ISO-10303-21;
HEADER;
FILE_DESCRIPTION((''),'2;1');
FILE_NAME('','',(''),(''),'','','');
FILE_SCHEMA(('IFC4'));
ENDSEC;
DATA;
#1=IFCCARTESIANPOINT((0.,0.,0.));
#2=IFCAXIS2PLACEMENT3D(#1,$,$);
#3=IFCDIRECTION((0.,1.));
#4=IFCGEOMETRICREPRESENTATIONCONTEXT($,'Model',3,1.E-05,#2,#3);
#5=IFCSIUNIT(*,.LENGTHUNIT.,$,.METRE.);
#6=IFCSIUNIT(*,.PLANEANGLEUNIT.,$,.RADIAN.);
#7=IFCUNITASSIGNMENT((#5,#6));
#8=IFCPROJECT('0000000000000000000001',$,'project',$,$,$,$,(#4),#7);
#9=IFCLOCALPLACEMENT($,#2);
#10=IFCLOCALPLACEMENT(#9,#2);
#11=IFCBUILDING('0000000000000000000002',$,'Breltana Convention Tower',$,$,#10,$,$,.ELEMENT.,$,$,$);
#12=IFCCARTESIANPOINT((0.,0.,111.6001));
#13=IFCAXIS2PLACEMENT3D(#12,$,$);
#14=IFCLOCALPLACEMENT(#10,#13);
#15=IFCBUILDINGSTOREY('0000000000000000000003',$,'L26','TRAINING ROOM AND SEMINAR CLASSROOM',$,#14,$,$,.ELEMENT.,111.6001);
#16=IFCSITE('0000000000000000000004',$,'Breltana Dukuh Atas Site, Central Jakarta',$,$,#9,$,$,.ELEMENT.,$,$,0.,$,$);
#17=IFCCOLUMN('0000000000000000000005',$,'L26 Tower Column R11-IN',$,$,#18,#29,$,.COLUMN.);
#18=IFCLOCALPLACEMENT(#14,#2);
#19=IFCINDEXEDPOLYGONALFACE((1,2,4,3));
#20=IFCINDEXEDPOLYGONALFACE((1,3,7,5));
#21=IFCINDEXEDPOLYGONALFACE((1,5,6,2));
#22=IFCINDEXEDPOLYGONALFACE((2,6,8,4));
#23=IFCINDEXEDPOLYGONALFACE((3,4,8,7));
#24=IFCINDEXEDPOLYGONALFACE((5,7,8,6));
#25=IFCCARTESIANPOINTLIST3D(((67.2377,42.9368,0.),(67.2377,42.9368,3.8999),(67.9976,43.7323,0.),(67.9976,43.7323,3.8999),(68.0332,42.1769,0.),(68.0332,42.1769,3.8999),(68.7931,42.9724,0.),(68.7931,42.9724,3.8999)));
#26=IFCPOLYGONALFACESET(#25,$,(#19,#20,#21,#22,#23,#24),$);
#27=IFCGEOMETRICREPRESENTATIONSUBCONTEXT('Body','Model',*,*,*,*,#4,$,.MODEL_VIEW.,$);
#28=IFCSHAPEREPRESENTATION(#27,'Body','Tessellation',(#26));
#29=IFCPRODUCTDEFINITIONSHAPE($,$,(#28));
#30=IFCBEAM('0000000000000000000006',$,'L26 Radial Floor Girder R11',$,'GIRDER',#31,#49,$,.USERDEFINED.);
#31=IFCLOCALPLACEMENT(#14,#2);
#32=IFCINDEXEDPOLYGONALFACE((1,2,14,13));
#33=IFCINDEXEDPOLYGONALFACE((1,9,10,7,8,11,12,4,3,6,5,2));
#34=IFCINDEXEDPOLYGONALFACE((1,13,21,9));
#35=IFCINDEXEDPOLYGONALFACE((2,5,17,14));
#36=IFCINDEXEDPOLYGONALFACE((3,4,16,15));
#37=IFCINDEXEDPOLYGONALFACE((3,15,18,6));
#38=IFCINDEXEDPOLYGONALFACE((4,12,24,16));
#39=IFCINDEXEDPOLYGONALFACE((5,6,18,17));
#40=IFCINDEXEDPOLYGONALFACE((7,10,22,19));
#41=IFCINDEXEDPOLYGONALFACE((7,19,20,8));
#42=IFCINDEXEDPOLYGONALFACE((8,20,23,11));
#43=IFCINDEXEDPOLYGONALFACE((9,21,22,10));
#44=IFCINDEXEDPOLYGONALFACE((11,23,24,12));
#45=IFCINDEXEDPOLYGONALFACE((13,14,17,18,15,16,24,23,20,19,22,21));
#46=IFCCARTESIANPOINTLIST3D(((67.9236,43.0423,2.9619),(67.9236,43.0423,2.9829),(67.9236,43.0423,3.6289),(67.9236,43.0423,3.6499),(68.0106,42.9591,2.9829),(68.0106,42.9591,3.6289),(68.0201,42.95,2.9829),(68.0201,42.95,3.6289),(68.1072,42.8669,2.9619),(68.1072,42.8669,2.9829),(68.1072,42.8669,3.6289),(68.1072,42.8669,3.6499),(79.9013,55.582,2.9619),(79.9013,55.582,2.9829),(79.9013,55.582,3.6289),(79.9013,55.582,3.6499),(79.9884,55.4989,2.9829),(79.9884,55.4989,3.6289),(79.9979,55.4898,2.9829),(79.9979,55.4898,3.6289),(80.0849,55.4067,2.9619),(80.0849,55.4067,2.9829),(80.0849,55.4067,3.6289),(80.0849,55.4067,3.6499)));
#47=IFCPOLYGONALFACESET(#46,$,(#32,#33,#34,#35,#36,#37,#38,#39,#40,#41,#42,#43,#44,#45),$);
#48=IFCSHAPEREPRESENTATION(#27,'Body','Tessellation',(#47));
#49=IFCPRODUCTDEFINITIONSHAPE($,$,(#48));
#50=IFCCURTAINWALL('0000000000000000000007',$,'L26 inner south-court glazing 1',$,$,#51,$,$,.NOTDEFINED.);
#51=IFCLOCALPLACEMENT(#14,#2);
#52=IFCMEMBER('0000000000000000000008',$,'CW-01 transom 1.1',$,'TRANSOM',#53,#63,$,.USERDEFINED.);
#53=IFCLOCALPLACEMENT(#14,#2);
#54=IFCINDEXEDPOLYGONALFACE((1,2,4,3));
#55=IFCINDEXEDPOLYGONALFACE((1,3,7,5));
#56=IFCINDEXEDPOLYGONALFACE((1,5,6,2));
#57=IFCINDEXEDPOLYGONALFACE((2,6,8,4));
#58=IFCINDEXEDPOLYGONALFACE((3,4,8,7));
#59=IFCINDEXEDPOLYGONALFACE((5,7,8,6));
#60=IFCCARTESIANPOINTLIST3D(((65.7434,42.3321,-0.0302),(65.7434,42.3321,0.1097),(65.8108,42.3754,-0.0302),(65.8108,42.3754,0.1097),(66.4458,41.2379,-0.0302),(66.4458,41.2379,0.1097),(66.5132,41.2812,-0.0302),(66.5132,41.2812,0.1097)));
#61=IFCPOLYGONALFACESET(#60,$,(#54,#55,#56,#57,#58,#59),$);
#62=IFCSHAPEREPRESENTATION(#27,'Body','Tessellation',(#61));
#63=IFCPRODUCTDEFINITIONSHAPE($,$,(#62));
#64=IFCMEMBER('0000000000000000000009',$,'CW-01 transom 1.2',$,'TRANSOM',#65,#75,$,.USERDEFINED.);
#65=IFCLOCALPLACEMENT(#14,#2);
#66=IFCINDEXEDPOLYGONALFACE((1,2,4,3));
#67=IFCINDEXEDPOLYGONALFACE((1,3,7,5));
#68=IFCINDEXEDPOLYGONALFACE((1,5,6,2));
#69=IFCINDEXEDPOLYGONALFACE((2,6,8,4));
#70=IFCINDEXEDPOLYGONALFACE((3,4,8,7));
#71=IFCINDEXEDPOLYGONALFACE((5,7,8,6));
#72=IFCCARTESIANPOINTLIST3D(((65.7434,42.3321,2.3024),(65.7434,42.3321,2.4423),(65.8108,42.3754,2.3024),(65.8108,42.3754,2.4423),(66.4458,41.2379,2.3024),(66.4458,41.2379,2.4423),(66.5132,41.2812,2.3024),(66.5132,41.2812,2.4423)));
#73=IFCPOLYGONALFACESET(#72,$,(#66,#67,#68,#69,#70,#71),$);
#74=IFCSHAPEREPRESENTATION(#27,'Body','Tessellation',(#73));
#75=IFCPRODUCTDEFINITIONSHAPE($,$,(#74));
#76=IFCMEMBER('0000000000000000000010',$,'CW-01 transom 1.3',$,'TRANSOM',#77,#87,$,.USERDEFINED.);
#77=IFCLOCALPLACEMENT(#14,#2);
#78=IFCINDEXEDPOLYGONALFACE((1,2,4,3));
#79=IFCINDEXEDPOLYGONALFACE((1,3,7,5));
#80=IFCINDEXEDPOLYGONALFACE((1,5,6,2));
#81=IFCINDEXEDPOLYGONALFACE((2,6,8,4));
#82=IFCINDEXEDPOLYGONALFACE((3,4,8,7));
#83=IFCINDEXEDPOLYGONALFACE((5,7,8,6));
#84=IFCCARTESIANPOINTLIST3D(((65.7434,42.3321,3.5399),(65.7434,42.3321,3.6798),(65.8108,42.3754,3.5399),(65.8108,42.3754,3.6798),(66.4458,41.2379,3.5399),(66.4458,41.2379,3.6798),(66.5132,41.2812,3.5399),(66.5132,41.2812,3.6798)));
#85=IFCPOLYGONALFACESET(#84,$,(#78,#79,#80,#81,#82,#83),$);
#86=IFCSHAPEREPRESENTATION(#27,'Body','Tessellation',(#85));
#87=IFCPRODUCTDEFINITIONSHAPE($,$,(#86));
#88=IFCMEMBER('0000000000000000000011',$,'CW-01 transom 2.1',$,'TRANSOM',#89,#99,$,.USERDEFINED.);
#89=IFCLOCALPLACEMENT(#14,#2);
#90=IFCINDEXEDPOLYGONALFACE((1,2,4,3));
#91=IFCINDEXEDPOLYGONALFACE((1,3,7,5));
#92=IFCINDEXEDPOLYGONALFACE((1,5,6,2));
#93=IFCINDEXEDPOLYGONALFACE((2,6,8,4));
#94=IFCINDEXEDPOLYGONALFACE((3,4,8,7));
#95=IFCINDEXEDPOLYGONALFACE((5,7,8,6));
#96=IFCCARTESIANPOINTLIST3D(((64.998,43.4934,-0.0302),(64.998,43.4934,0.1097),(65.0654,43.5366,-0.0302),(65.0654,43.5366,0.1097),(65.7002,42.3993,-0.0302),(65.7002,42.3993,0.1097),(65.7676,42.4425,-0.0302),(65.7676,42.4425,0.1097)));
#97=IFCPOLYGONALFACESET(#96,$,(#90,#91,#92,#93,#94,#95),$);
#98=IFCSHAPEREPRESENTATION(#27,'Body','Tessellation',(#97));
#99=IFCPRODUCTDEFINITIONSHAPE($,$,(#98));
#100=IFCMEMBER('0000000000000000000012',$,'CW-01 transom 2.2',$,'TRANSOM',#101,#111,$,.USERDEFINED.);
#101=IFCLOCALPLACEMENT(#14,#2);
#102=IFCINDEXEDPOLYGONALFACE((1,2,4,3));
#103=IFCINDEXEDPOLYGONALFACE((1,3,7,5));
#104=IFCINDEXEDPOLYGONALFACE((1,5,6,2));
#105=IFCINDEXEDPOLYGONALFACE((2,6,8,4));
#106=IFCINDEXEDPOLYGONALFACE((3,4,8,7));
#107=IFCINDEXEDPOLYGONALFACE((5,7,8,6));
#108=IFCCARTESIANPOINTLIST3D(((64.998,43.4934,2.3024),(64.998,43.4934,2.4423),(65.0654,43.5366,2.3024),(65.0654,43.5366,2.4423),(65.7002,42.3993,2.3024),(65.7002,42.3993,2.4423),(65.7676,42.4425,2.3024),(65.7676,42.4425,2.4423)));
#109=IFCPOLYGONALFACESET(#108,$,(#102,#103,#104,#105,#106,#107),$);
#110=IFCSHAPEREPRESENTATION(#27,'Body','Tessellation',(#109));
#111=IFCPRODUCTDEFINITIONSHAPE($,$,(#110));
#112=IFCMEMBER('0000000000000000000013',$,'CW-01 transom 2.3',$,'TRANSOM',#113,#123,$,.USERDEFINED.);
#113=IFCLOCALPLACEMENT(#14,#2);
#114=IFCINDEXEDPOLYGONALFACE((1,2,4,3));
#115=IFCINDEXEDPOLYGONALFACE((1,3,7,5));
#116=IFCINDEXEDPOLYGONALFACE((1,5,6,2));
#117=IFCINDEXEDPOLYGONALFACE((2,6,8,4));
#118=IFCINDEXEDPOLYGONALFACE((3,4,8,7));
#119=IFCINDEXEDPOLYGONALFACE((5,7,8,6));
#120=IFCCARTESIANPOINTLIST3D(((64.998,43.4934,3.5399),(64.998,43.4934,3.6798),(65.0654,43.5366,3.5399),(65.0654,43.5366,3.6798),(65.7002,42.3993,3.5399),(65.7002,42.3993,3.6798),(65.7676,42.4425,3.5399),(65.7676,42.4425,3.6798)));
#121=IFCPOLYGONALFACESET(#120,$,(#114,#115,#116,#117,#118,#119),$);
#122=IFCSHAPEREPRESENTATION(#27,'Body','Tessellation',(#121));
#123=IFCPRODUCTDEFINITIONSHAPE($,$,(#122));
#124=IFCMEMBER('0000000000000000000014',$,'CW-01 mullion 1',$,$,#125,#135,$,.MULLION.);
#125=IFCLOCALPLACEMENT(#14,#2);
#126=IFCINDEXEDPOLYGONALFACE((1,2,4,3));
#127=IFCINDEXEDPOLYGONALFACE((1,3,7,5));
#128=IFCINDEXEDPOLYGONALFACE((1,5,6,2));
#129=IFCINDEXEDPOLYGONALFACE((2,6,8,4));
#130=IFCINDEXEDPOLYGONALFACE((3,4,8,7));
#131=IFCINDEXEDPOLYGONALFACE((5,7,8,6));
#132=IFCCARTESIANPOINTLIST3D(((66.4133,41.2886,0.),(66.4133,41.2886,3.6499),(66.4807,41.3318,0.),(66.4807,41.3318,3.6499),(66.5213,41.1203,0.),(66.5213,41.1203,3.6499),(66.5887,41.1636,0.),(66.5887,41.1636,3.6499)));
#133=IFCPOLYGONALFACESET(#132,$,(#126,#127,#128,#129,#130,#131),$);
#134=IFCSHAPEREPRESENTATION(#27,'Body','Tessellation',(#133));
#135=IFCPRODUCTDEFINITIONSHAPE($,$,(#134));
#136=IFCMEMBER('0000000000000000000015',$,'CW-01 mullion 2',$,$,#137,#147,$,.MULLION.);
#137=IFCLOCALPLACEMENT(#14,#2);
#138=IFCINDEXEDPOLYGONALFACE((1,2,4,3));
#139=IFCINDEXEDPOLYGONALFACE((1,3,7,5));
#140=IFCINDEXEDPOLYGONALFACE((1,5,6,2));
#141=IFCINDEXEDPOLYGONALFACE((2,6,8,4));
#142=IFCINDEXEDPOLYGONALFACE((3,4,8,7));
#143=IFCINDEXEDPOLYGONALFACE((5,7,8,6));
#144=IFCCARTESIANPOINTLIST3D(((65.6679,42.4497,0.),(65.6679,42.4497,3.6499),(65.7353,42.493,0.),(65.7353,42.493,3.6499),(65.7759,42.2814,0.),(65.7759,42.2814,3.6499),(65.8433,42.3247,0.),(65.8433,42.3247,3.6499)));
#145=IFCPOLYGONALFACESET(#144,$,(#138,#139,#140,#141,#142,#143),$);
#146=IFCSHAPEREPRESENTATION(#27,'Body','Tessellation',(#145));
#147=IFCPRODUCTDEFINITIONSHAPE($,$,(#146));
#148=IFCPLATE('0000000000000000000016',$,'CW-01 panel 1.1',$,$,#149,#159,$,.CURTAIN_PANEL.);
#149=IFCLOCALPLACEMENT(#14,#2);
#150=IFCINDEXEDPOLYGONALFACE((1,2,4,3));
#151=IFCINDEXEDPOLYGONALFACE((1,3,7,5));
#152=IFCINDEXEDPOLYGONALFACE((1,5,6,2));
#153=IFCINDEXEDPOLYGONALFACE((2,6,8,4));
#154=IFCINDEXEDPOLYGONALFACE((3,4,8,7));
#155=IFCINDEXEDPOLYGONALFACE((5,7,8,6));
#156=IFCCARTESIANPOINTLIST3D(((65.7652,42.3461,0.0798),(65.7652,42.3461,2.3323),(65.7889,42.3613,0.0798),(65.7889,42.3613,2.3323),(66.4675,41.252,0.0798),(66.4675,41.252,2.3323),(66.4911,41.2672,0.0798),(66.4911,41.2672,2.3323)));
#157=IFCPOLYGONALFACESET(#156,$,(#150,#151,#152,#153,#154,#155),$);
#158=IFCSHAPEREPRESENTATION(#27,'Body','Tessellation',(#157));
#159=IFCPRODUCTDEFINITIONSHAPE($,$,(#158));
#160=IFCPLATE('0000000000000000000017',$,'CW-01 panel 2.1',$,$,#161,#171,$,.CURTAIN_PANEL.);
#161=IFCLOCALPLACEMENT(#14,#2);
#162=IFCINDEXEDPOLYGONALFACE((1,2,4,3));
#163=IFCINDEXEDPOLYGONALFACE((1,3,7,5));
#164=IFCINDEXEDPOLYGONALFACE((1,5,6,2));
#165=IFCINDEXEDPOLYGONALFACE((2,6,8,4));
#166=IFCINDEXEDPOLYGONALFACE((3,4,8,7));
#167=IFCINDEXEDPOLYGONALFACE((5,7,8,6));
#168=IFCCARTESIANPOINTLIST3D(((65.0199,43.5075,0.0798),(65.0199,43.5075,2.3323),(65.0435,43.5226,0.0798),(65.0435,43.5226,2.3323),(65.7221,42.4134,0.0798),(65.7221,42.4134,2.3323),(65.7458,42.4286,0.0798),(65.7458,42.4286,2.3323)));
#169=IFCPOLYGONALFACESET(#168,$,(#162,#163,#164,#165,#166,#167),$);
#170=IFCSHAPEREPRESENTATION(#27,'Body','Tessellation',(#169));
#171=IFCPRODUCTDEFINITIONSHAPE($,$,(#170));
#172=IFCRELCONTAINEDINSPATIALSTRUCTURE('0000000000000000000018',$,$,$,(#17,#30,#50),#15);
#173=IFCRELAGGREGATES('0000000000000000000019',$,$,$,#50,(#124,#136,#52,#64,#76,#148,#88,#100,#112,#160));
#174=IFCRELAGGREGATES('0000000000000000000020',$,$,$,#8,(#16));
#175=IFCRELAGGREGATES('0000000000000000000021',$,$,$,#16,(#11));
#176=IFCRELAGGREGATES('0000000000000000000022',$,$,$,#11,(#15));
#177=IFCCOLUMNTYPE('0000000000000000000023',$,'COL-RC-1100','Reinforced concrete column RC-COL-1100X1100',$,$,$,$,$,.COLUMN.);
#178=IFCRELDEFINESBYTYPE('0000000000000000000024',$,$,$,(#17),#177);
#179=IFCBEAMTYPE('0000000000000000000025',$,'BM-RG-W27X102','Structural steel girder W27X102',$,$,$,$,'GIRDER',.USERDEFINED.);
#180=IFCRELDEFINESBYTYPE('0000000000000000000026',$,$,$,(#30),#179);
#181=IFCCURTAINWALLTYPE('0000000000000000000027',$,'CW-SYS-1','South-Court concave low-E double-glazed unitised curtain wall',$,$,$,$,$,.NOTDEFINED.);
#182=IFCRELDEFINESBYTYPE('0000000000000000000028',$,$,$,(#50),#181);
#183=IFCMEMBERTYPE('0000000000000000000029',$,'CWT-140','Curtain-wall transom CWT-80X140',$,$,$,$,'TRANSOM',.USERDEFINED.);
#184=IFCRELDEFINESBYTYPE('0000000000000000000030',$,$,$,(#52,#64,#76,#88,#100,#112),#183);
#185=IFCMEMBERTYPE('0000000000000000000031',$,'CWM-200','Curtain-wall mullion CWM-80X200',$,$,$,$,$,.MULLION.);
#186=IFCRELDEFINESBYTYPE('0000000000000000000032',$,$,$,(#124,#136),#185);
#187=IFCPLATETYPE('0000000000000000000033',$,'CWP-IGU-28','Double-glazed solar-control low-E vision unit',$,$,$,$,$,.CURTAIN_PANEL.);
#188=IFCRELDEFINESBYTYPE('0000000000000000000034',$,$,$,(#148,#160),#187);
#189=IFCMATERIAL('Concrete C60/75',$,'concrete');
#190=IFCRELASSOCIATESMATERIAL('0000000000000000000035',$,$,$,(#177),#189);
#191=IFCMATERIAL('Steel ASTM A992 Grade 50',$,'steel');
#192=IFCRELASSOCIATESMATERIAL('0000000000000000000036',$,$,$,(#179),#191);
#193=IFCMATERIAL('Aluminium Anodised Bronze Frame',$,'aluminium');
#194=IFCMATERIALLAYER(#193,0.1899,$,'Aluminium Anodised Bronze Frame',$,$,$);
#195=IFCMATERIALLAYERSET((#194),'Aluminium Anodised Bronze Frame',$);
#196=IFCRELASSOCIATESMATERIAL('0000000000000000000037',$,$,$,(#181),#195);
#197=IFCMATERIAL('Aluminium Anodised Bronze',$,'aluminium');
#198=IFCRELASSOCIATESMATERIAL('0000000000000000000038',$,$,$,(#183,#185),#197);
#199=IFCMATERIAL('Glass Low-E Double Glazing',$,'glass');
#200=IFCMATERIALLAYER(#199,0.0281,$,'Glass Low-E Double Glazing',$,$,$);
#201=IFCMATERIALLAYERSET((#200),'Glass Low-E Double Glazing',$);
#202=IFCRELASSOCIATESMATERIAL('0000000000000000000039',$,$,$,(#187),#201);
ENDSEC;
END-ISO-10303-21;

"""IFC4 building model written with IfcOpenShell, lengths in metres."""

from ifc_helpers import new_model, si_unit, direction, frame, origin, origin_2d, place, context, subcontext, project, spatial, rectangle, i_section, extrude, source, transform, mapped, material, layer, layer_set, material_profile, profile_set, type_object, type_shapes, element, aggregate, save


model = new_model("IFC4")

# Units and contexts
model_context = context("Model", 3, precision=1e-05, world=origin(), true_north=direction((0.0, 1.0)))
body_context = subcontext(model_context, "Body", "Model", "MODEL_VIEW")
ifc_project = project(units=[si_unit("LENGTHUNIT", "METRE"), si_unit("PLANEANGLEUNIT", "RADIAN")], contexts=[model_context])

# Site, building, storey
site_placement = place(None, origin())
site = spatial("IfcSite", under=ifc_project, at=site_placement, Name="Breltana Dukuh Atas Site, Central Jakarta", CompositionType="ELEMENT", RefElevation=0.0)
building_placement = place(site_placement, origin())
building = spatial("IfcBuilding", under=site, at=building_placement, Name="Breltana Convention Tower", CompositionType="ELEMENT")
storey_placement = place(building_placement, frame((0.0, 0.0, 111.6001)))
storey = spatial("IfcBuildingStorey", under=building, at=storey_placement, Name="L26", Description="TRAINING ROOM AND SEMINAR CLASSROOM", CompositionType="ELEMENT", Elevation=111.6001)

# Column
ifc_material_1 = material(Name="Concrete C60/75", Category="concrete")
ifc_material_profile_1 = material_profile(ifc_material_1, rectangle(XDim=1.1001, YDim=1.1001, at=origin_2d()), Name="RC-COL-1100X1100")
ifc_profile_set_1 = profile_set([ifc_material_profile_1], Name="Concrete C60/75")
column_type = type_object("IfcColumnType", Name="COL-RC-1100", Description="Reinforced concrete column RC-COL-1100X1100", PredefinedType="COLUMN", material=ifc_profile_set_1)
shared_shape_1 = source(origin(), body_context, "Body", "SweptSolid", [
    extrude(rectangle(XDim=1.1001, YDim=1.1001, at=origin_2d()), origin(), (0.0, 0.0, 1.0), 3.8999),
])
column_placement = place(storey_placement, frame((68.0154, 42.9546, 0.0), z_axis=(0.0, 0.0, 1.0), x_axis=(0.690756, 0.723088, 0.0)))
element("IfcColumn", 1, at=column_placement, inside=storey, type_object=column_type, Name="L26 Tower Column R11-IN", PredefinedType="COLUMN", context=body_context, shape_type="MappedRepresentation", body=[
    mapped(shared_shape_1, transform((0.0, 0.0, 0.0), scale=1.0)),
])

# Beam
ifc_material_2 = material(Name="Steel ASTM A992 Grade 50", Category="steel")
ifc_material_profile_2 = material_profile(ifc_material_2, i_section(OverallWidth=0.2539, OverallDepth=0.688, WebThickness=0.0132, FlangeThickness=0.021, at=origin_2d()), Name="W27X102")
ifc_profile_set_2 = profile_set([ifc_material_profile_2], Name="Steel ASTM A992 Grade 50")
beam_type = type_object("IfcBeamType", Name="BM-RG-W27X102", Description="Structural steel girder W27X102", ElementType="GIRDER", PredefinedType="USERDEFINED", material=ifc_profile_set_2)
shared_shape_2 = source(origin(), body_context, "Body", "SweptSolid", [
    extrude(i_section(OverallWidth=0.2539, OverallDepth=0.688, WebThickness=0.0132, FlangeThickness=0.021, at=origin_2d()), origin(), (0.0, 0.0, 1.0), 17.3411),
])
type_shapes(beam_type, [shared_shape_2])
beam_placement = place(storey_placement, frame((68.0154, 42.9546, 3.3059), z_axis=(0.690716, 0.723126, 0.0), x_axis=(-0.723126, 0.690716, 0.0)))
element("IfcBeam", 2, at=beam_placement, inside=storey, type_object=beam_type, Name="L26 Radial Floor Girder R11", ObjectType="GIRDER", PredefinedType="USERDEFINED", context=body_context, shape_type="MappedRepresentation", body=[
    mapped(shared_shape_2, transform((0.0, 0.0, 0.0), scale=1.0)),
])

# Curtain wall, members, plates
ifc_material_3 = material(Name="Aluminium Anodised Bronze Frame", Category="aluminium")
ifc_layer_1 = layer(ifc_material_3, 0.1899, Name="Aluminium Anodised Bronze Frame")
ifc_layer_set_1 = layer_set([ifc_layer_1], Name="Aluminium Anodised Bronze Frame")
curtain_wall_type = type_object("IfcCurtainWallType", Name="CW-SYS-1", Description="South-Court concave low-E double-glazed unitised curtain wall", PredefinedType="NOTDEFINED", material=ifc_layer_set_1)
curtain_wall_placement = place(storey_placement, origin())
curtain_wall = element("IfcCurtainWall", 3, at=curtain_wall_placement, inside=storey, type_object=curtain_wall_type, Name="L26 inner south-court glazing 1", PredefinedType="NOTDEFINED")
ifc_material_4 = material(Name="Aluminium Anodised Bronze", Category="aluminium")
ifc_material_profile_3 = material_profile(ifc_material_4, rectangle(XDim=0.0801, YDim=0.1399, at=origin_2d()), Name="CWT-80X140")
ifc_profile_set_3 = profile_set([ifc_material_profile_3], Name="Aluminium Anodised Bronze")
member_type_1 = type_object("IfcMemberType", Name="CWT-140", Description="Curtain-wall transom CWT-80X140", ElementType="TRANSOM", PredefinedType="USERDEFINED", material=ifc_profile_set_3)
shared_shape_3 = source(origin(), body_context, "Body", "SweptSolid", [
    extrude(rectangle(XDim=0.0801, YDim=0.1399, at=origin_2d()), origin(), (0.0, 0.0, 1.0), 1.3003),
])
member_1_placement = place(storey_placement, frame((66.4795, 41.2595, 0.0398), z_axis=(-0.540188, 0.841544, 0.0), x_axis=(-0.841544, -0.540188, 0.0)))
member_1 = element("IfcMember", 4, at=member_1_placement, type_object=member_type_1, Name="CW-01 transom 1.1", ObjectType="TRANSOM", PredefinedType="USERDEFINED", context=body_context, shape_type="MappedRepresentation", body=[
    mapped(shared_shape_3, transform((0.0, 0.0, 0.0), scale=1.0)),
])
member_2_placement = place(storey_placement, frame((66.4795, 41.2595, 2.3723), z_axis=(-0.540188, 0.841544, 0.0), x_axis=(-0.841544, -0.540188, 0.0)))
member_2 = element("IfcMember", 5, at=member_2_placement, type_object=member_type_1, Name="CW-01 transom 1.2", ObjectType="TRANSOM", PredefinedType="USERDEFINED", context=body_context, shape_type="MappedRepresentation", body=[
    mapped(shared_shape_3, transform((0.0, 0.0, 0.0), scale=1.0)),
])
member_3_placement = place(storey_placement, frame((66.4795, 41.2595, 3.6099), z_axis=(-0.540188, 0.841544, 0.0), x_axis=(-0.841544, -0.540188, 0.0)))
member_3 = element("IfcMember", 6, at=member_3_placement, type_object=member_type_1, Name="CW-01 transom 1.3", ObjectType="TRANSOM", PredefinedType="USERDEFINED", context=body_context, shape_type="MappedRepresentation", body=[
    mapped(shared_shape_3, transform((0.0, 0.0, 0.0), scale=1.0)),
])
shared_shape_4 = source(origin(), body_context, "Body", "SweptSolid", [
    extrude(rectangle(XDim=0.0801, YDim=0.1399, at=origin_2d()), origin(), (0.0, 0.0, 1.0), 1.3),
])
member_4_placement = place(storey_placement, frame((65.7339, 42.4209, 0.0398), z_axis=(-0.54014, 0.841575, 0.0), x_axis=(-0.841575, -0.54014, 0.0)))
member_4 = element("IfcMember", 7, at=member_4_placement, type_object=member_type_1, Name="CW-01 transom 2.1", ObjectType="TRANSOM", PredefinedType="USERDEFINED", context=body_context, shape_type="MappedRepresentation", body=[
    mapped(shared_shape_4, transform((0.0, 0.0, 0.0), scale=1.0)),
])
member_5_placement = place(storey_placement, frame((65.7339, 42.4209, 2.3723), z_axis=(-0.54014, 0.841575, 0.0), x_axis=(-0.841575, -0.54014, 0.0)))
member_5 = element("IfcMember", 8, at=member_5_placement, type_object=member_type_1, Name="CW-01 transom 2.2", ObjectType="TRANSOM", PredefinedType="USERDEFINED", context=body_context, shape_type="MappedRepresentation", body=[
    mapped(shared_shape_4, transform((0.0, 0.0, 0.0), scale=1.0)),
])
member_6_placement = place(storey_placement, frame((65.7339, 42.4209, 3.6099), z_axis=(-0.54014, 0.841575, 0.0), x_axis=(-0.841575, -0.54014, 0.0)))
member_6 = element("IfcMember", 9, at=member_6_placement, type_object=member_type_1, Name="CW-01 transom 2.3", ObjectType="TRANSOM", PredefinedType="USERDEFINED", context=body_context, shape_type="MappedRepresentation", body=[
    mapped(shared_shape_4, transform((0.0, 0.0, 0.0), scale=1.0)),
])
ifc_material_profile_4 = material_profile(ifc_material_4, rectangle(XDim=0.0801, YDim=0.2, at=origin_2d()), Name="CWM-80X200")
ifc_profile_set_4 = profile_set([ifc_material_profile_4], Name="Aluminium Anodised Bronze")
member_type_2 = type_object("IfcMemberType", Name="CWM-200", Description="Curtain-wall mullion CWM-80X200", PredefinedType="MULLION", material=ifc_profile_set_4)
shared_shape_5 = source(origin(), body_context, "Body", "SweptSolid", [
    extrude(rectangle(XDim=0.0801, YDim=0.2, at=origin_2d()), origin(), (0.0, 0.0, 1.0), 3.6499),
])
member_7_placement = place(storey_placement, frame((66.501, 41.2261, 0.0), z_axis=(0.0, 0.0, 1.0), x_axis=(-0.841551, -0.540177, 0.0)))
member_7 = element("IfcMember", 10, at=member_7_placement, type_object=member_type_2, Name="CW-01 mullion 1", PredefinedType="MULLION", context=body_context, shape_type="MappedRepresentation", body=[
    mapped(shared_shape_5, transform((0.0, 0.0, 0.0), scale=1.0)),
])
member_8_placement = place(storey_placement, frame((65.7556, 42.3872, 0.0), z_axis=(0.0, 0.0, 1.0), x_axis=(-0.841551, -0.540177, 0.0)))
member_8 = element("IfcMember", 11, at=member_8_placement, type_object=member_type_2, Name="CW-01 mullion 2", PredefinedType="MULLION", context=body_context, shape_type="MappedRepresentation", body=[
    mapped(shared_shape_5, transform((0.0, 0.0, 0.0), scale=1.0)),
])
ifc_material_5 = material(Name="Glass Low-E Double Glazing", Category="glass")
ifc_layer_2 = layer(ifc_material_5, 0.0281, Name="Glass Low-E Double Glazing")
ifc_layer_set_2 = layer_set([ifc_layer_2], Name="Glass Low-E Double Glazing")
plate_type = type_object("IfcPlateType", Name="CWP-IGU-28", Description="Double-glazed solar-control low-E vision unit", PredefinedType="CURTAIN_PANEL", material=ifc_layer_set_2)
shared_shape_6 = source(origin(), body_context, "Body", "SweptSolid", [
    extrude(rectangle(XDim=1.3, YDim=0.0281, at=origin_2d()), origin(), (0.0, 0.0, 1.0), 2.2524),
])
plate_1_placement = place(storey_placement, frame((66.1282, 41.8066, 0.0798), z_axis=(0.0, 0.0, 1.0), x_axis=(-0.540177, 0.841551, 0.0)))
plate_1 = element("IfcPlate", 12, at=plate_1_placement, type_object=plate_type, Name="CW-01 panel 1.1", PredefinedType="CURTAIN_PANEL", context=body_context, shape_type="MappedRepresentation", body=[
    mapped(shared_shape_6, transform((0.0, 0.0, 0.0), scale=1.0)),
])
plate_2_placement = place(storey_placement, frame((65.3828, 42.968, 0.0798), z_axis=(0.0, 0.0, 1.0), x_axis=(-0.540177, 0.841551, 0.0)))
plate_2 = element("IfcPlate", 13, at=plate_2_placement, type_object=plate_type, Name="CW-01 panel 2.1", PredefinedType="CURTAIN_PANEL", context=body_context, shape_type="MappedRepresentation", body=[
    mapped(shared_shape_6, transform((0.0, 0.0, 0.0), scale=1.0)),
])
aggregate(curtain_wall, [member_7, member_8, member_1, member_2, member_3, plate_1, member_4, member_5, member_6, plate_2])

save(model, "model.ifc")
